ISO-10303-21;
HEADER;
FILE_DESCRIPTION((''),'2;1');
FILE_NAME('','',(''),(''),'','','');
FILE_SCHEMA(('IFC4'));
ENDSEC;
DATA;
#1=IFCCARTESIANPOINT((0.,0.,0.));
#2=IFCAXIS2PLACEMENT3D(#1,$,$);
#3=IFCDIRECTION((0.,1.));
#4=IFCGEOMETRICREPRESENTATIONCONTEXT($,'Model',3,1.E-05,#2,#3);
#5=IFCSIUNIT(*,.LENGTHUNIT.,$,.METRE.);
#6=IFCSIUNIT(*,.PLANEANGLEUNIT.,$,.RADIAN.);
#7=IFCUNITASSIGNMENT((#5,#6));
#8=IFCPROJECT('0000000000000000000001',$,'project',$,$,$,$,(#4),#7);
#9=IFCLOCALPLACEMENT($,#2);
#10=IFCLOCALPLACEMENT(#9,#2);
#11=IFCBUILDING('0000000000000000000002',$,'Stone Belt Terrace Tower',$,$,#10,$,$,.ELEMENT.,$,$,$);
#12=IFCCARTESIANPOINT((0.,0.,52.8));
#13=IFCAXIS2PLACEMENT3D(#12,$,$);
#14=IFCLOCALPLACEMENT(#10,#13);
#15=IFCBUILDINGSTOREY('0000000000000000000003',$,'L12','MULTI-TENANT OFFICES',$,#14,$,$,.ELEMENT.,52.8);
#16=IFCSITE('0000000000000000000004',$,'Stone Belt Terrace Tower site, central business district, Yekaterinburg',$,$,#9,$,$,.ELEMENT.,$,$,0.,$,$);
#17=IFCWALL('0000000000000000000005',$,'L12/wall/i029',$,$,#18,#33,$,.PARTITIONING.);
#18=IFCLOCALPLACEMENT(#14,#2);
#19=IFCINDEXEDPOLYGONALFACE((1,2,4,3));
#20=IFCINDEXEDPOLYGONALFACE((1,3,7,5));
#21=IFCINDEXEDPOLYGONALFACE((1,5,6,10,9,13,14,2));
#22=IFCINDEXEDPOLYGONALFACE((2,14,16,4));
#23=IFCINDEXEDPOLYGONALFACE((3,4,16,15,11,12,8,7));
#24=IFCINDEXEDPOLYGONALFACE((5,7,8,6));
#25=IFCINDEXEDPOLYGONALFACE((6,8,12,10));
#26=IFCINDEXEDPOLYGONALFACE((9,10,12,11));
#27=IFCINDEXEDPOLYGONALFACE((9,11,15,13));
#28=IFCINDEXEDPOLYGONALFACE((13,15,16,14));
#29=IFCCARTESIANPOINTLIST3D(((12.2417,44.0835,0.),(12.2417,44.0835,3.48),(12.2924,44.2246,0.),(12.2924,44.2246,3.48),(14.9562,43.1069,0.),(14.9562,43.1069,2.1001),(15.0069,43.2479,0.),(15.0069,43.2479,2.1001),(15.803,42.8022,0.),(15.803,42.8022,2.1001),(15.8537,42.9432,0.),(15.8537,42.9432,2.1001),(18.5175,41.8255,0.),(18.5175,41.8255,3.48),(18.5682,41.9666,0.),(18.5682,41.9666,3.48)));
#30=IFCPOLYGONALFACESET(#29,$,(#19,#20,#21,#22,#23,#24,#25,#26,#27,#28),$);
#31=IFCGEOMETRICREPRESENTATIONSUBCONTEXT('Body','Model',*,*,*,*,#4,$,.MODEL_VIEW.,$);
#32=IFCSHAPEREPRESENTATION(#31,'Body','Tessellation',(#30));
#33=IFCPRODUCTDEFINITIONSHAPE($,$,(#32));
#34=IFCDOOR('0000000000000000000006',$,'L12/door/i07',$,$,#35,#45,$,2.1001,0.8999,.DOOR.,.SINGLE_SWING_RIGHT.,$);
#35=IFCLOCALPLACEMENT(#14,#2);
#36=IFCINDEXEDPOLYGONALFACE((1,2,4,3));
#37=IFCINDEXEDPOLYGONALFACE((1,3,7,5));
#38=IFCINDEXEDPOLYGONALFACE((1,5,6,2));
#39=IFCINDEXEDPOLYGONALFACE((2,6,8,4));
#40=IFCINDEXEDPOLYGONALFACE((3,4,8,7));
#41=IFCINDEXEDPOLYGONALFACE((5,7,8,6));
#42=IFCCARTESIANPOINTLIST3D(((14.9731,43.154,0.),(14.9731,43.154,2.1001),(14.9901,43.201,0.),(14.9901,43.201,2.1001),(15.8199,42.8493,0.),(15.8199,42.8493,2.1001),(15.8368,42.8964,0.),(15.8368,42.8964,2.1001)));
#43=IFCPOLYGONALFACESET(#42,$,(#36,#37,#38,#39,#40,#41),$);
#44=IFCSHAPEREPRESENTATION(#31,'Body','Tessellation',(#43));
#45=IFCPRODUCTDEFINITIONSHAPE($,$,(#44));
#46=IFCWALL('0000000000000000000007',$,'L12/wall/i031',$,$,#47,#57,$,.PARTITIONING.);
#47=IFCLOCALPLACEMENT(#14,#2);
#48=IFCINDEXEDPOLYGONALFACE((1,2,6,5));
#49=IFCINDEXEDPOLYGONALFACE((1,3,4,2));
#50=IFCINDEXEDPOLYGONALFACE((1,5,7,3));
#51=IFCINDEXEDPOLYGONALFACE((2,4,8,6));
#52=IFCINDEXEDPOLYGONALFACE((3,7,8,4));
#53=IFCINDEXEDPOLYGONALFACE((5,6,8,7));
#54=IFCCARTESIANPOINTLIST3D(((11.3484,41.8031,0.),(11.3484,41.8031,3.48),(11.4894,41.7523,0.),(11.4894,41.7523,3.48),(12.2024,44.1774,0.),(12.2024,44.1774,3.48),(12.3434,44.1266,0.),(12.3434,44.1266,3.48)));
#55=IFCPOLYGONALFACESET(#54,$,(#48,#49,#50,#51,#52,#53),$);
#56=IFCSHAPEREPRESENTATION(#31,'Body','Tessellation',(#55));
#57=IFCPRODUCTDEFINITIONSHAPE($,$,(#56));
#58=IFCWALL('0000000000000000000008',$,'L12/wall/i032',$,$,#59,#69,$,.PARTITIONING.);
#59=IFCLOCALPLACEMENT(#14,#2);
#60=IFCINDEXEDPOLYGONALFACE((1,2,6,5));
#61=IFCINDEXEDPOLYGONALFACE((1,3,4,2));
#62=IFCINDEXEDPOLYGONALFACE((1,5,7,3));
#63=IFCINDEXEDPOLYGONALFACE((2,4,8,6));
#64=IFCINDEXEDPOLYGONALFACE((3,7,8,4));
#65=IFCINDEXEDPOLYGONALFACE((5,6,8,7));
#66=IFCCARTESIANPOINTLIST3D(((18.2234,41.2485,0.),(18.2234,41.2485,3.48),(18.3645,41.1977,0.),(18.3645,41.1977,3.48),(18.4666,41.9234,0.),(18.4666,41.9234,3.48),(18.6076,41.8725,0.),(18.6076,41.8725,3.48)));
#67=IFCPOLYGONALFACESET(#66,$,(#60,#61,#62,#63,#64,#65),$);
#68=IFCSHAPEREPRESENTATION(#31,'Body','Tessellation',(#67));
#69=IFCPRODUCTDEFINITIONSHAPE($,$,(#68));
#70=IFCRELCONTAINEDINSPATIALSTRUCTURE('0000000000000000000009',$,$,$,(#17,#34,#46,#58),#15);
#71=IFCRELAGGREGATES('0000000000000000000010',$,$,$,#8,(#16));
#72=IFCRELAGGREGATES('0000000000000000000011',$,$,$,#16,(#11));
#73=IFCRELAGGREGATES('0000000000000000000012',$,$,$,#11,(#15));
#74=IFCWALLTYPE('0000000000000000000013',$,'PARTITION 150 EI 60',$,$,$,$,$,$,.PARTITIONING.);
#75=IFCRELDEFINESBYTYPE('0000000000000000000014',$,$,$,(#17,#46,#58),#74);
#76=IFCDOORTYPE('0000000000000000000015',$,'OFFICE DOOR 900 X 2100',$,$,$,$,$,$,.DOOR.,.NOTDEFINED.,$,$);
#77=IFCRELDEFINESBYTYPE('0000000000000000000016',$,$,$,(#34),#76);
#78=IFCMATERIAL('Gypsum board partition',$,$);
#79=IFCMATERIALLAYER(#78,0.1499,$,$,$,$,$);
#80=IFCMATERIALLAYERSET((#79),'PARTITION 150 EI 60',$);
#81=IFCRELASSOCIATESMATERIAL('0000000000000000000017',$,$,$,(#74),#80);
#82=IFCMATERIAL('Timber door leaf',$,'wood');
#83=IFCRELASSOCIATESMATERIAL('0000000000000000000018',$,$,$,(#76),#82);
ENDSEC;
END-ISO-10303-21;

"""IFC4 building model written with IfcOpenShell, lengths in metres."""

from ifc_helpers import new_model, si_unit, direction, frame, frame_2d, origin, place, context, subcontext, project, spatial, rectangle, extrude, material, layer, layer_set, type_object, element, fill, save


model = new_model("IFC4")

# Units and contexts
model_context = context("Model", 3, precision=1e-05, world=origin(), true_north=direction((0.0, 1.0)))
body_context = subcontext(model_context, "Body", "Model", "MODEL_VIEW")
ifc_project = project(units=[si_unit("LENGTHUNIT", "METRE"), si_unit("PLANEANGLEUNIT", "RADIAN")], contexts=[model_context])

# Site, building, storey
site_placement = place(None, origin())
site = spatial("IfcSite", under=ifc_project, at=site_placement, Name="Stone Belt Terrace Tower site, central business district, Yekaterinburg", CompositionType="ELEMENT", RefElevation=0.0)
building_placement = place(site_placement, origin())
building = spatial("IfcBuilding", under=site, at=building_placement, Name="Stone Belt Terrace Tower", CompositionType="ELEMENT")
storey_placement = place(building_placement, frame((0.0, 0.0, 52.8)))
storey = spatial("IfcBuildingStorey", under=building, at=storey_placement, Name="L12", Description="MULTI-TENANT OFFICES", CompositionType="ELEMENT", Elevation=52.8)

# Shared definitions
ifc_material_1 = material(Name="Gypsum board partition")
ifc_layer_1 = layer(ifc_material_1, 0.1499)
ifc_layer_set_1 = layer_set([ifc_layer_1], Name="PARTITION 150 EI 60")
wall_type = type_object("IfcWallType", Name="PARTITION 150 EI 60", PredefinedType="PARTITIONING", material=ifc_layer_set_1)

# Wall, opening, door
ifc_material_2 = material(Name="Timber door leaf", Category="wood")
door_type = type_object("IfcDoorType", Name="OFFICE DOOR 900 X 2100", OperationType="NOTDEFINED", PredefinedType="DOOR", material=ifc_material_2)
wall_1_placement = place(storey_placement, frame((18.543, 41.896, 0.0), z_axis=(0.0, 0.0, 1.0), x_axis=(-0.940948, 0.338552, 0.0)))
wall_1 = element("IfcWall", 1, at=wall_1_placement, inside=storey, type_object=wall_type, Name="L12/wall/i029", PredefinedType="PARTITIONING", context=body_context, shape_type="SweptSolid", body=[
    extrude(rectangle(XDim=6.6697, YDim=0.1499, at=frame_2d((3.335, 0.0))), origin(), (0.0, 0.0, 1.0), 3.48),
])
opening_1_placement = place(wall_1_placement, frame((2.885, 0.0, 0.0)))
opening_1 = element("IfcOpeningElement", 2, at=opening_1_placement, cuts=wall_1, PredefinedType="OPENING", context=body_context, shape_type="SweptSolid", body=[
    extrude(rectangle(XDim=0.8999, YDim=2.1001, at=frame_2d((0.45, 1.05))), frame((0.0, 0.085, 0.0), z_axis=(0.0, -1.0, 0.0), x_axis=(1.0, 0.0, 0.0)), (0.0, 0.0, 1.0), 0.1699),
])
door_1_placement = place(opening_1_placement, origin())
door_1 = element("IfcDoor", 3, at=door_1_placement, inside=storey, type_object=door_type, Name="L12/door/i07", OperationType="SINGLE_SWING_RIGHT", OverallHeight=2.1001, OverallWidth=0.8999, PredefinedType="DOOR", context=body_context, shape_type="SweptSolid", body=[
    extrude(rectangle(XDim=0.8999, YDim=2.1001, at=frame_2d((0.45, 1.05))), frame((0.0, 0.0249, 0.0), z_axis=(0.0, -1.0, 0.0), x_axis=(1.0, 0.0, 0.0)), (0.0, 0.0, 1.0), 0.05),
])
fill(opening_1, door_1)

# Walls
wall_2_placement = place(storey_placement, frame((12.2729, 44.1521, 0.0), z_axis=(0.0, 0.0, 1.0), x_axis=(-0.338462, -0.94098, 0.0)))
element("IfcWall", 4, at=wall_2_placement, inside=storey, type_object=wall_type, Name="L12/wall/i031", PredefinedType="PARTITIONING", context=body_context, shape_type="SweptSolid", body=[
    extrude(rectangle(XDim=2.5232, YDim=0.1499, at=frame_2d((1.2617, 0.0))), origin(), (0.0, 0.0, 1.0), 3.48),
])
wall_3_placement = place(storey_placement, frame((18.5371, 41.8979, 0.0), z_axis=(0.0, 0.0, 1.0), x_axis=(-0.339009, -0.940783, 0.0)))
element("IfcWall", 5, at=wall_3_placement, inside=storey, type_object=wall_type, Name="L12/wall/i032", PredefinedType="PARTITIONING", context=body_context, shape_type="SweptSolid", body=[
    extrude(rectangle(XDim=0.7173, YDim=0.1499, at=frame_2d((0.3586, 0.0))), origin(), (0.0, 0.0, 1.0), 3.48),
])

save(model, "model.ifc")
